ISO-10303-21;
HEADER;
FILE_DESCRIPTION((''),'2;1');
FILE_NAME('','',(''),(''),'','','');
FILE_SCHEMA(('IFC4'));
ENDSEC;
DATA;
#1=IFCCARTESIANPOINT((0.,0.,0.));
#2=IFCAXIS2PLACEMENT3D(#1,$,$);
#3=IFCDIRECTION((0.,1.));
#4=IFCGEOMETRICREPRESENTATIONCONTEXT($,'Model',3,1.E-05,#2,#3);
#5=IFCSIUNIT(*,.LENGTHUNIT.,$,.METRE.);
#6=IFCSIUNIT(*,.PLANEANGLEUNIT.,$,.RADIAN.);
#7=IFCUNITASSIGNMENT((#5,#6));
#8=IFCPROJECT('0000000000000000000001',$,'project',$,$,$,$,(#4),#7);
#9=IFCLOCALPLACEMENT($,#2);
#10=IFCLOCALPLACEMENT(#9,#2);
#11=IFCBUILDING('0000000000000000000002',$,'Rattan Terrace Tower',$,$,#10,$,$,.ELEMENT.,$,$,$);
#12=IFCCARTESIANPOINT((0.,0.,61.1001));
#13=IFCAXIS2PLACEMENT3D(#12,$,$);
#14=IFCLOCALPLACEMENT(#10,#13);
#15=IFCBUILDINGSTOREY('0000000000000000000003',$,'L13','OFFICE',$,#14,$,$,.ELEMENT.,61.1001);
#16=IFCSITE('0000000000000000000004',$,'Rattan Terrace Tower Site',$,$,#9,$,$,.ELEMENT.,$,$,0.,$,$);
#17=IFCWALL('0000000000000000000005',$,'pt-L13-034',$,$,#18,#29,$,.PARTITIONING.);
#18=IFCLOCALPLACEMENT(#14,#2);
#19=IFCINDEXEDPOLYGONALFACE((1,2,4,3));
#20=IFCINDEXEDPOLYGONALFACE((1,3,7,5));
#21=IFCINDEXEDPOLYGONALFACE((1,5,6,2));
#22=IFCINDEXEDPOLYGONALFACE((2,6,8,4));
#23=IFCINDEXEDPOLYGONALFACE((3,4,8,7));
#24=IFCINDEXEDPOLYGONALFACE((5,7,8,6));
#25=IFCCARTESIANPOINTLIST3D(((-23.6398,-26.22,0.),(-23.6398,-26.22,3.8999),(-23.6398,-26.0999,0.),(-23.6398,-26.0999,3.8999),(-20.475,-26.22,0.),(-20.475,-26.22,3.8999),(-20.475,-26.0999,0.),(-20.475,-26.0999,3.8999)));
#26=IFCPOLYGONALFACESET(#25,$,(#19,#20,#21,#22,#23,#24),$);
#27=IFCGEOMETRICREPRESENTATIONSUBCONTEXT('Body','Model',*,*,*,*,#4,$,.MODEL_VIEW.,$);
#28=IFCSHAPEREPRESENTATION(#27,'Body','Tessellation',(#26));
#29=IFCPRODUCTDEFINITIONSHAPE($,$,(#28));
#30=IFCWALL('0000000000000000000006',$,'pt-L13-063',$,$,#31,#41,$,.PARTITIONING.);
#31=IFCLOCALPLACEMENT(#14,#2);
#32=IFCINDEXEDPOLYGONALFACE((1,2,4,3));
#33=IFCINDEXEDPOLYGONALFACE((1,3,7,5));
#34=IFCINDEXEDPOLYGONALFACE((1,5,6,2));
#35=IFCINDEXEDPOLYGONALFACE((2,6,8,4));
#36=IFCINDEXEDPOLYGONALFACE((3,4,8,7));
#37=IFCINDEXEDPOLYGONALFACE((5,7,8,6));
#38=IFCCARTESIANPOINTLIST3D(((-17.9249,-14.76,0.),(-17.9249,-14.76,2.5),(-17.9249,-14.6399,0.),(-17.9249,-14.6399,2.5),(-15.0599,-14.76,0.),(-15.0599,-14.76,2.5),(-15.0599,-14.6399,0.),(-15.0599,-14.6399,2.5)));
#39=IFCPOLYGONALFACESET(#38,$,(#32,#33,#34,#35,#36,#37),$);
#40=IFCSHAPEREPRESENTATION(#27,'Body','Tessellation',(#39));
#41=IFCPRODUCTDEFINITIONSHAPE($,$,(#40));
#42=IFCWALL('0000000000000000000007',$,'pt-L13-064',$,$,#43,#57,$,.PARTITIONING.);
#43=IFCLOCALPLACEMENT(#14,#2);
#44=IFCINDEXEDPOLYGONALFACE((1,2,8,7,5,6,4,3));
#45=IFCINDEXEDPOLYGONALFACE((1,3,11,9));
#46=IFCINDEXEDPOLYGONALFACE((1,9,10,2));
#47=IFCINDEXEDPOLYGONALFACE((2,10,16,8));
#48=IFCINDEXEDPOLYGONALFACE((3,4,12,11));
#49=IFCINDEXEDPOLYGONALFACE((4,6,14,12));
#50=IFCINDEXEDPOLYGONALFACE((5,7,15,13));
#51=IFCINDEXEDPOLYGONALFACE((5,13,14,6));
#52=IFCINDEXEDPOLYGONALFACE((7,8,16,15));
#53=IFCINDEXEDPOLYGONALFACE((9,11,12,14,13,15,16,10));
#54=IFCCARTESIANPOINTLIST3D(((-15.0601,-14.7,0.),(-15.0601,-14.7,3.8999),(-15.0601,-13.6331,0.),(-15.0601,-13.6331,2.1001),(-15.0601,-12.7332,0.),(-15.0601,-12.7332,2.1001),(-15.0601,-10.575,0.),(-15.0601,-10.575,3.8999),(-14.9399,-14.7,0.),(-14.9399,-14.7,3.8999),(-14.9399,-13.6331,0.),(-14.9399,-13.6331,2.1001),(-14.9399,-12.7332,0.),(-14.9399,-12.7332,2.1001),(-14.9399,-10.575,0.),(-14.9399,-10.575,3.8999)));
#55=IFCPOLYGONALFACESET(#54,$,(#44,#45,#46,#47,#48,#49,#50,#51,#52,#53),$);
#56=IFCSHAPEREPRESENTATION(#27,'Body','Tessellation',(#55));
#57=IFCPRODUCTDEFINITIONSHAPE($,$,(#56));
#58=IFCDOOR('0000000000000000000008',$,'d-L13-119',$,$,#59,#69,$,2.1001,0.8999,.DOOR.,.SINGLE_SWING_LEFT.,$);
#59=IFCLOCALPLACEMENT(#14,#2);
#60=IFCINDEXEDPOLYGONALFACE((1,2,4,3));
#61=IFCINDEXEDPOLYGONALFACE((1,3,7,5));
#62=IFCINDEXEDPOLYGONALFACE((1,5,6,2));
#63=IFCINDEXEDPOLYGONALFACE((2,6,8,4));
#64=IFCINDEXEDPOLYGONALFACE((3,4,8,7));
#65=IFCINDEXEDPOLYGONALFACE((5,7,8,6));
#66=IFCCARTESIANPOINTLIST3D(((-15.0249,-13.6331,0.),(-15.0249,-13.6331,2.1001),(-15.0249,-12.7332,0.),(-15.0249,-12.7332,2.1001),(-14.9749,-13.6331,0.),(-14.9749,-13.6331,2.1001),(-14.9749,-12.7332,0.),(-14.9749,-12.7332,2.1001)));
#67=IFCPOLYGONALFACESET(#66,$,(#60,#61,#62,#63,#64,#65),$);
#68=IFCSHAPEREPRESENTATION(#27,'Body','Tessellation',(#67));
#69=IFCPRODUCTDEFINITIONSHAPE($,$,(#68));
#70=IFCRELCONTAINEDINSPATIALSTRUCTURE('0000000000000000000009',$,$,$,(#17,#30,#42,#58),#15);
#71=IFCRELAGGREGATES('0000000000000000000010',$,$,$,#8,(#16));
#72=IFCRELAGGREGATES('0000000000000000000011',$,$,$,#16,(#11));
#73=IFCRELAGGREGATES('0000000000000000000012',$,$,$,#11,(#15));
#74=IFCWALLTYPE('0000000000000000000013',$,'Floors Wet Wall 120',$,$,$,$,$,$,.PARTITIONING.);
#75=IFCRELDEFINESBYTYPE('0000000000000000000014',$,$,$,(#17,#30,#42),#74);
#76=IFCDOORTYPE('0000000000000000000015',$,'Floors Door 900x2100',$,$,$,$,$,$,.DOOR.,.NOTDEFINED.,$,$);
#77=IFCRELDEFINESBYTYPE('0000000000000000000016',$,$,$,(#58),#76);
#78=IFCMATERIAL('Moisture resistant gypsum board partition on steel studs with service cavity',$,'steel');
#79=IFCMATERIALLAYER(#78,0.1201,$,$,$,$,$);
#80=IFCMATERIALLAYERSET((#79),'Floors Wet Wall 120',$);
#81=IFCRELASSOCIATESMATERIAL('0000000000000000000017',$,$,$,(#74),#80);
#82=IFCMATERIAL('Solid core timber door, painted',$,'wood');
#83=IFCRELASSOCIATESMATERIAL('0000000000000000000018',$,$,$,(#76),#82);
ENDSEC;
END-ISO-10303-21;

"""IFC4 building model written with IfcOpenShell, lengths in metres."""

from ifc_helpers import new_model, si_unit, direction, frame, frame_2d, origin, place, context, subcontext, project, spatial, rectangle, extrude, material, layer, layer_set, type_object, element, fill, save


model = new_model("IFC4")

# Units and contexts
model_context = context("Model", 3, precision=1e-05, world=origin(), true_north=direction((0.0, 1.0)))
body_context = subcontext(model_context, "Body", "Model", "MODEL_VIEW")
ifc_project = project(units=[si_unit("LENGTHUNIT", "METRE"), si_unit("PLANEANGLEUNIT", "RADIAN")], contexts=[model_context])

# Site, building, storey
site_placement = place(None, origin())
site = spatial("IfcSite", under=ifc_project, at=site_placement, Name="Rattan Terrace Tower Site", CompositionType="ELEMENT", RefElevation=0.0)
building_placement = place(site_placement, origin())
building = spatial("IfcBuilding", under=site, at=building_placement, Name="Rattan Terrace Tower", CompositionType="ELEMENT")
storey_placement = place(building_placement, frame((0.0, 0.0, 61.1001)))
storey = spatial("IfcBuildingStorey", under=building, at=storey_placement, Name="L13", Description="OFFICE", CompositionType="ELEMENT", Elevation=61.1001)

# Walls
ifc_material_1 = material(Name="Moisture resistant gypsum board partition on steel studs with service cavity", Category="steel")
ifc_layer_1 = layer(ifc_material_1, 0.1201)
ifc_layer_set_1 = layer_set([ifc_layer_1], Name="Floors Wet Wall 120")
wall_type_1 = type_object("IfcWallType", Name="Floors Wet Wall 120", PredefinedType="PARTITIONING", material=ifc_layer_set_1)
wall_1_placement = place(storey_placement, frame((-23.6399, -26.1599, 0.0), z_axis=(0.0, 0.0, 1.0), x_axis=(1.0, 0.0, 0.0)))
element("IfcWall", 1, at=wall_1_placement, inside=storey, type_object=wall_type_1, Name="pt-L13-034", PredefinedType="PARTITIONING", context=body_context, shape_type="SweptSolid", body=[
    extrude(rectangle(XDim=3.1648, YDim=0.1201, at=frame_2d((1.5825, 0.0))), origin(), (0.0, 0.0, 1.0), 3.8999),
])
wall_2_placement = place(storey_placement, frame((-17.925, -14.7, 0.0), z_axis=(0.0, 0.0, 1.0), x_axis=(1.0, 0.0, 0.0)))
element("IfcWall", 2, at=wall_2_placement, inside=storey, type_object=wall_type_1, Name="pt-L13-063", PredefinedType="PARTITIONING", context=body_context, shape_type="SweptSolid", body=[
    extrude(rectangle(XDim=2.865, YDim=0.1201, at=frame_2d((1.4326, 0.0))), origin(), (0.0, 0.0, 1.0), 2.5),
])

# Wall, opening, door
wall_3_placement = place(storey_placement, frame((-15.0, -14.7, 0.0), z_axis=(0.0, 0.0, 1.0), x_axis=(0.0, 1.0, 0.0)))
wall_3 = element("IfcWall", 3, at=wall_3_placement, inside=storey, type_object=wall_type_1, Name="pt-L13-064", PredefinedType="PARTITIONING", context=body_context, shape_type="SweptSolid", body=[
    extrude(rectangle(XDim=4.125, YDim=0.1201, at=frame_2d((2.0625, 0.0))), origin(), (0.0, 0.0, 1.0), 3.8999),
])
opening_1_placement = place(wall_3_placement, frame((1.0669, 0.0, 0.0)))
opening_1 = element("IfcOpeningElement", 4, at=opening_1_placement, cuts=wall_3, PredefinedType="OPENING", context=body_context, shape_type="SweptSolid", body=[
    extrude(rectangle(XDim=0.8999, YDim=2.1001, at=frame_2d((0.45, 1.05))), frame((0.0, 0.0706, 0.0), z_axis=(0.0, -1.0, 0.0), x_axis=(1.0, 0.0, 0.0)), (0.0, 0.0, 1.0), 0.1411),
])
ifc_material_2 = material(Name="Solid core timber door, painted", Category="wood")
door_type_1 = type_object("IfcDoorType", Name="Floors Door 900x2100", OperationType="NOTDEFINED", PredefinedType="DOOR", material=ifc_material_2)
door_1_placement = place(opening_1_placement, origin())
door_1 = element("IfcDoor", 5, at=door_1_placement, inside=storey, type_object=door_type_1, Name="d-L13-119", OperationType="SINGLE_SWING_LEFT", OverallHeight=2.1001, OverallWidth=0.8999, PredefinedType="DOOR", context=body_context, shape_type="SweptSolid", body=[
    extrude(rectangle(XDim=0.8999, YDim=2.1001, at=frame_2d((0.45, 1.05))), frame((0.0, 0.0249, 0.0), z_axis=(0.0, -1.0, 0.0), x_axis=(1.0, 0.0, 0.0)), (0.0, 0.0, 1.0), 0.05),
])
fill(opening_1, door_1)

save(model, "model.ifc")
